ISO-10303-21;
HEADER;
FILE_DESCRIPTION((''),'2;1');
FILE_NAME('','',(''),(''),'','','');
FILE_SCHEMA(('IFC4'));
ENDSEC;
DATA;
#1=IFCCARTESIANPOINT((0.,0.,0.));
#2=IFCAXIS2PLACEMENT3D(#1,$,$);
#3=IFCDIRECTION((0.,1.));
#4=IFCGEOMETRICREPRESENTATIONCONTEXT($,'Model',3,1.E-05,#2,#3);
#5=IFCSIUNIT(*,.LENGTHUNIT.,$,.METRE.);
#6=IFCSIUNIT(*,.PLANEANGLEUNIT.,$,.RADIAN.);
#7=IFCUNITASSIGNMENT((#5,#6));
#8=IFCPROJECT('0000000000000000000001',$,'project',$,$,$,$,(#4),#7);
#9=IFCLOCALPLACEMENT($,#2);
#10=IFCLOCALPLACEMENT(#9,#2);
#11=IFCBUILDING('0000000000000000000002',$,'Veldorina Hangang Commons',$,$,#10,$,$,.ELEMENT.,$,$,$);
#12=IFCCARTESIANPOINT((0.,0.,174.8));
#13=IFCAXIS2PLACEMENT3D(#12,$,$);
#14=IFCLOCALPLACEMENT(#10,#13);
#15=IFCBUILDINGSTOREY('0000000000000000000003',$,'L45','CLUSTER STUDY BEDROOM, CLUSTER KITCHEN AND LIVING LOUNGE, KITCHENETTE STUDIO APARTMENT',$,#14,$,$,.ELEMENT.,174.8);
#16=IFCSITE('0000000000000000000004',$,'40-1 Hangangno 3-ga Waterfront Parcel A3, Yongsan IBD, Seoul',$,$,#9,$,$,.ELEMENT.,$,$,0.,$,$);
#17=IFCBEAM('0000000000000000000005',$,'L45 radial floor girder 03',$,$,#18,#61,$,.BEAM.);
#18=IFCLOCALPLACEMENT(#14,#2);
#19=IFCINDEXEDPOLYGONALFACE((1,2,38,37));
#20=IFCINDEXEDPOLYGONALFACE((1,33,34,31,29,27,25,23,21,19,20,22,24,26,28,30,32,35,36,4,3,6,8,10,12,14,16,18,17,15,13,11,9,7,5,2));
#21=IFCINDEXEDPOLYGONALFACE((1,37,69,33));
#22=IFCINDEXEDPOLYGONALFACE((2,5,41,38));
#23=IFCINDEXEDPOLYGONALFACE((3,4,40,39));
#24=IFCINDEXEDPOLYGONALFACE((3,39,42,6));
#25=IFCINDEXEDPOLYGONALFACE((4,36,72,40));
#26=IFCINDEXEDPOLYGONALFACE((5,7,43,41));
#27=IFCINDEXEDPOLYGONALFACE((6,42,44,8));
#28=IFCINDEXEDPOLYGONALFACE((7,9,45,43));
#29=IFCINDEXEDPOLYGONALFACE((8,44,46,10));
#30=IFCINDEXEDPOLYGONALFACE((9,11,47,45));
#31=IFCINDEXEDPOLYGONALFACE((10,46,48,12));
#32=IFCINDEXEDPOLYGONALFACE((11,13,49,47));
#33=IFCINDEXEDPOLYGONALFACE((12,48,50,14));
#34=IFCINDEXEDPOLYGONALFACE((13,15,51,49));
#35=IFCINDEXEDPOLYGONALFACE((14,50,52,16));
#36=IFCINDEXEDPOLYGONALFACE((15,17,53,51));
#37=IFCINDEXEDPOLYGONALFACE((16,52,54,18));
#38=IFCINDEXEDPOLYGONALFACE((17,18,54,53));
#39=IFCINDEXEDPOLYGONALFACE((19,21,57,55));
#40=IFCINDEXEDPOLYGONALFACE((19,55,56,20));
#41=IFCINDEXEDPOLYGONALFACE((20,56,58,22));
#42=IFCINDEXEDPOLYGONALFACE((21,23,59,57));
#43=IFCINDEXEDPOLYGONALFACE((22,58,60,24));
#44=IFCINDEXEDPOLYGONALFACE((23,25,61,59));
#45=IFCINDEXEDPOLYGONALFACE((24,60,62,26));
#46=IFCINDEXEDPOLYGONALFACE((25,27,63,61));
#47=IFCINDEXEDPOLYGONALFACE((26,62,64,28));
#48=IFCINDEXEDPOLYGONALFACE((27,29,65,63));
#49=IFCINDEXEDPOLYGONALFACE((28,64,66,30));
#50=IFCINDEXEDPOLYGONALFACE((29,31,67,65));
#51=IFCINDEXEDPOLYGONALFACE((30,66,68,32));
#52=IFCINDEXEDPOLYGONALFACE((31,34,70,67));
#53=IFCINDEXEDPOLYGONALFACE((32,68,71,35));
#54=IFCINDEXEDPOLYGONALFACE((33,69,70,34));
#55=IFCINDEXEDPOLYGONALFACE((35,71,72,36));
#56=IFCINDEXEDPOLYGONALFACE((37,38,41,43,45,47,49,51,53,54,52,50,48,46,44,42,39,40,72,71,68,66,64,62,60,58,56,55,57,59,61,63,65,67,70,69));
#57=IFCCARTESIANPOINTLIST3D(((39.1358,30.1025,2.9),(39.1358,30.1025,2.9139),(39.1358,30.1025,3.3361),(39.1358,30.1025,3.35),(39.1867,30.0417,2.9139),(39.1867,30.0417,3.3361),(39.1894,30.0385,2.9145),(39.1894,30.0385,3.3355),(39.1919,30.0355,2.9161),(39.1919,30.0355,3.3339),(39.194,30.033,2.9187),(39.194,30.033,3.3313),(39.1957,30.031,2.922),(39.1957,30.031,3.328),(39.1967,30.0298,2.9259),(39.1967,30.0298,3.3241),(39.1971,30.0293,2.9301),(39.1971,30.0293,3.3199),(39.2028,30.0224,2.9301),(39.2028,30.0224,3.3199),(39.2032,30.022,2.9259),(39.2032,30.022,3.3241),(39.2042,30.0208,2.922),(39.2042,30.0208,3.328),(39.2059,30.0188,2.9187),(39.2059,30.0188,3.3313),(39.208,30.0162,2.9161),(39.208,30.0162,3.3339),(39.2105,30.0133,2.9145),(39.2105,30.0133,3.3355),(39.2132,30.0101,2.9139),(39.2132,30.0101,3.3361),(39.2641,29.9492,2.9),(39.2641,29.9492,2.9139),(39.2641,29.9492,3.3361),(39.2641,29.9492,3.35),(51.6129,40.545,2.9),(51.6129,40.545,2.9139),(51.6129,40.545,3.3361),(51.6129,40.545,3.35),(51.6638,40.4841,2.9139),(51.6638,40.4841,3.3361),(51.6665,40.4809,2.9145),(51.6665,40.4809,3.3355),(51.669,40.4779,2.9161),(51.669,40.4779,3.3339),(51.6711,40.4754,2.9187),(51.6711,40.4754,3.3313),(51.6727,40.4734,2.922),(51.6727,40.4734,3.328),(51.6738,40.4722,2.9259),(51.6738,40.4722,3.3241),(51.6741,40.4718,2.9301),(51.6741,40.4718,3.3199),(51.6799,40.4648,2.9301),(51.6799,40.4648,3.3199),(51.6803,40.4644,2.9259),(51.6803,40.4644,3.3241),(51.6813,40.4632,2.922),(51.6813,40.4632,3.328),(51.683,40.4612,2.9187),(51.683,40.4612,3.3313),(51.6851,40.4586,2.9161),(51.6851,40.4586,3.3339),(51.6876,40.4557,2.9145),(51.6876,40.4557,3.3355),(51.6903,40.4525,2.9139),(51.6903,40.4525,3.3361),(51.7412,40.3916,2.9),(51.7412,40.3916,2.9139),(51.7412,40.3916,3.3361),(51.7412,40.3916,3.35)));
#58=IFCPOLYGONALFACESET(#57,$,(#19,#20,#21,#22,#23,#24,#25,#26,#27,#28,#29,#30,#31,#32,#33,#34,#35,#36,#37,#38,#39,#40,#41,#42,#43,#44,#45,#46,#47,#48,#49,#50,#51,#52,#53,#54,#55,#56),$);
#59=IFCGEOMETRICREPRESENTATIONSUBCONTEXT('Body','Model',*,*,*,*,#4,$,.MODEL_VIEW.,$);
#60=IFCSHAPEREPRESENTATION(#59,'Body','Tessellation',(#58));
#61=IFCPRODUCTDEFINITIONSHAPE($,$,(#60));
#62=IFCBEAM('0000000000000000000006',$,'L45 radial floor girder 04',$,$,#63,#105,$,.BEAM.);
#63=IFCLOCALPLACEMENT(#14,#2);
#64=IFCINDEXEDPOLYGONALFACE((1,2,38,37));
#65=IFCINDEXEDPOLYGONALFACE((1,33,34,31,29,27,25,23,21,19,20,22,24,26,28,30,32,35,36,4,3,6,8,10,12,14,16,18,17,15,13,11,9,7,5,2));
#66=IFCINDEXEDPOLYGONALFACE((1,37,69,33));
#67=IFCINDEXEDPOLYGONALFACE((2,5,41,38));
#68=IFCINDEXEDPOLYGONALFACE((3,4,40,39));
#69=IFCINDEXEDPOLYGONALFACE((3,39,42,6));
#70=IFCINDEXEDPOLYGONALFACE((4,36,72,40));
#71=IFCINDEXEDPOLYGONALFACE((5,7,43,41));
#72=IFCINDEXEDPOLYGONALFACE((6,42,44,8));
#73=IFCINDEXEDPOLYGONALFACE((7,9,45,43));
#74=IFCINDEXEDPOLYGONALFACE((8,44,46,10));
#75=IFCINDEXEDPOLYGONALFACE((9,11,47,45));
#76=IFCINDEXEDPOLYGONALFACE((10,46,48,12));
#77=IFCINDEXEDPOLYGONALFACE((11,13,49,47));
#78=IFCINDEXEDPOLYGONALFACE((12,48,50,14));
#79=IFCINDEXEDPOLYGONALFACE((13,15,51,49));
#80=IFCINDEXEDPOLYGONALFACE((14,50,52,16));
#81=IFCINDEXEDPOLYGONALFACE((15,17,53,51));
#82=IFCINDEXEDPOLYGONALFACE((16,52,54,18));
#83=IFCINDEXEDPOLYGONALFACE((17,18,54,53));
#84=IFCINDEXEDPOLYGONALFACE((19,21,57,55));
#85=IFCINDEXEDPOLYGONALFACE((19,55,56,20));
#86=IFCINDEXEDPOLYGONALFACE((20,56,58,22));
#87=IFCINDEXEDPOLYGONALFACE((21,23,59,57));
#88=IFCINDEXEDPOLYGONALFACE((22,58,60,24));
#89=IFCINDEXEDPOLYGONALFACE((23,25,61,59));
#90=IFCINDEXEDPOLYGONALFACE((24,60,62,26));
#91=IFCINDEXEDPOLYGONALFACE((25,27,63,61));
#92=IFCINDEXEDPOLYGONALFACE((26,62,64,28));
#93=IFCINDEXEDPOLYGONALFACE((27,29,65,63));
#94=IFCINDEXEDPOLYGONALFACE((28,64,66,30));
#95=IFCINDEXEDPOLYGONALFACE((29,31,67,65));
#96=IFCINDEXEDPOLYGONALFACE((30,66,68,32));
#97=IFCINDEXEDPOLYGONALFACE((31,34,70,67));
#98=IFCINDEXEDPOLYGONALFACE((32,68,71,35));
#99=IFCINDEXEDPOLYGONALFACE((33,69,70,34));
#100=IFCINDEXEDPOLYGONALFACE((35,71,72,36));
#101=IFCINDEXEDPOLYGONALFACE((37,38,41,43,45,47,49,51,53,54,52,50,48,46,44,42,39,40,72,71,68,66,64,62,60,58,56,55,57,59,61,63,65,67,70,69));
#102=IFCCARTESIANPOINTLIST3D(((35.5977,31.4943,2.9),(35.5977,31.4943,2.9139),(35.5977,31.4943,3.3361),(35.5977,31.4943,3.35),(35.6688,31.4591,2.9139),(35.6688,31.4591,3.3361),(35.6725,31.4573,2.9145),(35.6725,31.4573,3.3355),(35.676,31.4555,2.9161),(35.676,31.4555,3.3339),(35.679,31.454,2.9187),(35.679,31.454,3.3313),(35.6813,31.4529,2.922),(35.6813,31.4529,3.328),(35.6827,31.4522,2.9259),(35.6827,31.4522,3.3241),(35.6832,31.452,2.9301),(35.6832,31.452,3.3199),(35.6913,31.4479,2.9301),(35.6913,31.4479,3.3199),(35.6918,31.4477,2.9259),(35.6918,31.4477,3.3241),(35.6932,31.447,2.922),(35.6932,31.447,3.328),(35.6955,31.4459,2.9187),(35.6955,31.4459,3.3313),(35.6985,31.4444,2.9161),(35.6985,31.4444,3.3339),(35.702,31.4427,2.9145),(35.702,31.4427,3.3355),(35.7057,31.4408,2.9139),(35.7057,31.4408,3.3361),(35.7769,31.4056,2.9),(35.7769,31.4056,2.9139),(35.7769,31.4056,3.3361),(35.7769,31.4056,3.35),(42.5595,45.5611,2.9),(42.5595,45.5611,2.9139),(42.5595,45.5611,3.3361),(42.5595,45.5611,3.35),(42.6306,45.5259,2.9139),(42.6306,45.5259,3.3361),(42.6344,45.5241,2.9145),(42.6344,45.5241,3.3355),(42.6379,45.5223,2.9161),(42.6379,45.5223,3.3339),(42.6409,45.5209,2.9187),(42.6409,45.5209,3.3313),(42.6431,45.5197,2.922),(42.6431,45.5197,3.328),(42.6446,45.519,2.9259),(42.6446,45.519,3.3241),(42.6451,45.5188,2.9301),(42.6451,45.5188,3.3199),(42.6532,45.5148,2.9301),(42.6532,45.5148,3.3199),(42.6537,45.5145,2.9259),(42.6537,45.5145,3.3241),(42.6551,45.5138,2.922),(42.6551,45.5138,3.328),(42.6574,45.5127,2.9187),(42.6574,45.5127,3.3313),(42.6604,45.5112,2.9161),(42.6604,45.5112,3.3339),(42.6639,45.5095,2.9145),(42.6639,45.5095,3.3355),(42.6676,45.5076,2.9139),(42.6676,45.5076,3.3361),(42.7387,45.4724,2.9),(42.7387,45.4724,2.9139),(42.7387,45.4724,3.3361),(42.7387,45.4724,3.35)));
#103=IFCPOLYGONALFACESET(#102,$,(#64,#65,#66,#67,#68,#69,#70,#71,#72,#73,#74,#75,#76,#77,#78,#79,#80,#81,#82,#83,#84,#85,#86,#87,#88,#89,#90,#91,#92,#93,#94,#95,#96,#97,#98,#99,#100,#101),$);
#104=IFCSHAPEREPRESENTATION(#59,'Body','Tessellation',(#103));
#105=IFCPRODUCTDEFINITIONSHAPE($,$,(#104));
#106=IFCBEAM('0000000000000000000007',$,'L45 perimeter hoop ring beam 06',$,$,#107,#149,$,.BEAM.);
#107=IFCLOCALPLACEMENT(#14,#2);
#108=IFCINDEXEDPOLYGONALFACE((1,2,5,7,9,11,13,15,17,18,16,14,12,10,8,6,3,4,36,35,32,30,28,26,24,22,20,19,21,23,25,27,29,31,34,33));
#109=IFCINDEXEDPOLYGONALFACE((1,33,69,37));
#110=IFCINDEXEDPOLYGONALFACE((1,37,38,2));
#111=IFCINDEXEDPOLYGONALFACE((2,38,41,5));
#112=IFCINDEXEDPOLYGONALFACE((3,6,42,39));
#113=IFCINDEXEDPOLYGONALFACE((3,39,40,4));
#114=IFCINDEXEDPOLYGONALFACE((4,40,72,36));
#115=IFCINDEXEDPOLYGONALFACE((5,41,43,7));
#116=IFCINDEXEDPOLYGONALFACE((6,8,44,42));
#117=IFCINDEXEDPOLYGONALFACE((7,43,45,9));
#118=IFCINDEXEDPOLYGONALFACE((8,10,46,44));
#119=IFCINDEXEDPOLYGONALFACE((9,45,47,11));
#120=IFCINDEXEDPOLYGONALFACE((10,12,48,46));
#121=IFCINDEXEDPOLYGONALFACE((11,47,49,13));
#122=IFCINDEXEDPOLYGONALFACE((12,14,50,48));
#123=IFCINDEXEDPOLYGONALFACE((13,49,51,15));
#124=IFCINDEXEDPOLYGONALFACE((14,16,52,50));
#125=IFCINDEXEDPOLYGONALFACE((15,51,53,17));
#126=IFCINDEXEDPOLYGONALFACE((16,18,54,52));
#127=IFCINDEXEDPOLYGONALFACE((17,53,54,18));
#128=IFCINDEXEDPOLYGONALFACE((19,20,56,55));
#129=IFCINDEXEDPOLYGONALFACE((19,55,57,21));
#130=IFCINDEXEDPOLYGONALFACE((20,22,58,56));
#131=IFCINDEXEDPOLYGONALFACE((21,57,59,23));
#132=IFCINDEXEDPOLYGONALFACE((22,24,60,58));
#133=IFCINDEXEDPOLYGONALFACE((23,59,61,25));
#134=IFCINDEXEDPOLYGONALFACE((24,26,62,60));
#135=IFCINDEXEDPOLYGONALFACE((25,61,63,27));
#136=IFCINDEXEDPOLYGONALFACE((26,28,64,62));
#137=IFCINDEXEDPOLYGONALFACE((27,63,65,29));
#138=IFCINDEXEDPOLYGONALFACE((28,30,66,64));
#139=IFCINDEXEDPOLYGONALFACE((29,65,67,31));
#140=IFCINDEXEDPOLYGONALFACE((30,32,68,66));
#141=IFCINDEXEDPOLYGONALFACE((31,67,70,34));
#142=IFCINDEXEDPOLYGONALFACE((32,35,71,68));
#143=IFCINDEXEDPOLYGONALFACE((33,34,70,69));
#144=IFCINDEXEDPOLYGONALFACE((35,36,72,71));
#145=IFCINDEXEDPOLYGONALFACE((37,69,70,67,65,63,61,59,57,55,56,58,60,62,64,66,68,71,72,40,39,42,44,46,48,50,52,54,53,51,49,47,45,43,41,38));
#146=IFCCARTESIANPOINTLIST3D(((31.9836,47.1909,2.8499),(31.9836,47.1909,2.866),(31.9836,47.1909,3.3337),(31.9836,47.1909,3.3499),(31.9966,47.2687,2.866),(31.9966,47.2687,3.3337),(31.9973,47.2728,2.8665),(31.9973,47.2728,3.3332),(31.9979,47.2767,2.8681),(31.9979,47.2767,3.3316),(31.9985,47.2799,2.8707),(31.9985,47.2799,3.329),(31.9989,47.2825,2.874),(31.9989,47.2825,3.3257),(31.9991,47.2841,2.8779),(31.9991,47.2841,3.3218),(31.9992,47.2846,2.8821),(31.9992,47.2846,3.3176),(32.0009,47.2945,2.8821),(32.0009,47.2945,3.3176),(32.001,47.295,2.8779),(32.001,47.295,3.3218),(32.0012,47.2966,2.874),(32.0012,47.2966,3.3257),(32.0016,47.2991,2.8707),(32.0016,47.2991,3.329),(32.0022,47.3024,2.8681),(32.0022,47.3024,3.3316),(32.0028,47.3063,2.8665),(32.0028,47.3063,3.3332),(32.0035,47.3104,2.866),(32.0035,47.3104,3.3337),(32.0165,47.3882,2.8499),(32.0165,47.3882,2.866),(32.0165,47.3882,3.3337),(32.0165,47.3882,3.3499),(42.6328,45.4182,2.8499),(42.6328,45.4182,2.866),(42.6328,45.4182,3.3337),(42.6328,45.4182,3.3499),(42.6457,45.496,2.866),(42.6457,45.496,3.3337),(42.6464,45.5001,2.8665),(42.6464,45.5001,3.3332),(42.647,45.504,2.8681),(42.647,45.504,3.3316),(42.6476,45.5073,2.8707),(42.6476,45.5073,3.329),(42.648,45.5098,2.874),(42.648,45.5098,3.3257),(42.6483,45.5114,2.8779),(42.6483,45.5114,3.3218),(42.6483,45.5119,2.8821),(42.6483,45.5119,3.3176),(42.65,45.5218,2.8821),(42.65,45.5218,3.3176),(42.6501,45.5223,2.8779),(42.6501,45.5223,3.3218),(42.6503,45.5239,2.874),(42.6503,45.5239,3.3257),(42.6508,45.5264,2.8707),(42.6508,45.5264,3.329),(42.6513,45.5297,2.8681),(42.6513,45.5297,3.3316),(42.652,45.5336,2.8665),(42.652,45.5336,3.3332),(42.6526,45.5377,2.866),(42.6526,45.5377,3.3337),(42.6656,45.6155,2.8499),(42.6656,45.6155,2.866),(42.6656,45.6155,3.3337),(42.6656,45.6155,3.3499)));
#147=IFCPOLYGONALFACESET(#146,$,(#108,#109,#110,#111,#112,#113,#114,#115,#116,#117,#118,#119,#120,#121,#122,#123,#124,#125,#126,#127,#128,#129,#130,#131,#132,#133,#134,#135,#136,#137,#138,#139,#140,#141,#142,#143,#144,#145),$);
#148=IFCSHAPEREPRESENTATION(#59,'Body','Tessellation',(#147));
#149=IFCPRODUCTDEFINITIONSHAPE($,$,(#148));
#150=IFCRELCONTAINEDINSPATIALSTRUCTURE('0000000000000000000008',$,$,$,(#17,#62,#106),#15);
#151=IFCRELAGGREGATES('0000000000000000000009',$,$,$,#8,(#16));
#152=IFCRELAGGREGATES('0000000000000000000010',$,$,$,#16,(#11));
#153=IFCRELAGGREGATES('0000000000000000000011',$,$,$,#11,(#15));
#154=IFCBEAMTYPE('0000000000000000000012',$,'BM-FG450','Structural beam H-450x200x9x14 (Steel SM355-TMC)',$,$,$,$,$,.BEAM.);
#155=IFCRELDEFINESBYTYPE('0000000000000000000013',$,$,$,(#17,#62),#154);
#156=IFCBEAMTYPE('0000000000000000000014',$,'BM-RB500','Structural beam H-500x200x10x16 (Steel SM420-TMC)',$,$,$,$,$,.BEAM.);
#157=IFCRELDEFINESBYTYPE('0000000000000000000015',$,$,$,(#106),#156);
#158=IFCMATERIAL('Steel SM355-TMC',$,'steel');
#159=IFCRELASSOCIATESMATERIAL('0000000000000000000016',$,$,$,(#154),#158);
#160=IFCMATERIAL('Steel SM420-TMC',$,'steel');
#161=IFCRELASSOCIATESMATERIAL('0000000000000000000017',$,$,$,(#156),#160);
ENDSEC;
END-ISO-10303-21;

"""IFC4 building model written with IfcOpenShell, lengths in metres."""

from ifc_helpers import new_model, si_unit, direction, frame, origin, origin_2d, place, context, subcontext, project, spatial, i_section, extrude, material, material_profile, profile_set, type_object, element, save


model = new_model("IFC4")

# Units and contexts
model_context = context("Model", 3, precision=1e-05, world=origin(), true_north=direction((0.0, 1.0)))
body_context = subcontext(model_context, "Body", "Model", "MODEL_VIEW")
ifc_project = project(units=[si_unit("LENGTHUNIT", "METRE"), si_unit("PLANEANGLEUNIT", "RADIAN")], contexts=[model_context])

# Site, building, storey
site_placement = place(None, origin())
site = spatial("IfcSite", under=ifc_project, at=site_placement, Name="40-1 Hangangno 3-ga Waterfront Parcel A3, Yongsan IBD, Seoul", CompositionType="ELEMENT", RefElevation=0.0)
building_placement = place(site_placement, origin())
building = spatial("IfcBuilding", under=site, at=building_placement, Name="Veldorina Hangang Commons", CompositionType="ELEMENT")
storey_placement = place(building_placement, frame((0.0, 0.0, 174.8)))
storey = spatial("IfcBuildingStorey", under=building, at=storey_placement, Name="L45", Description="CLUSTER STUDY BEDROOM, CLUSTER KITCHEN AND LIVING LOUNGE, KITCHENETTE STUDIO APARTMENT", CompositionType="ELEMENT", Elevation=174.8)

# Beams
ifc_material_1 = material(Name="Steel SM355-TMC", Category="steel")
ifc_material_profile_1 = material_profile(ifc_material_1, i_section(OverallWidth=0.2, OverallDepth=0.45, WebThickness=0.009, FlangeThickness=0.0139, FilletRadius=0.0161, at=origin_2d()), Name="H-450x200x9x14")
ifc_profile_set_1 = profile_set([ifc_material_profile_1], Name="Steel SM355-TMC")
beam_type_1 = type_object("IfcBeamType", Name="BM-FG450", Description="Structural beam H-450x200x9x14 (Steel SM355-TMC)", PredefinedType="BEAM", material=ifc_profile_set_1)
beam_1_placement = place(storey_placement, frame((39.2, 30.0259, 3.125), z_axis=(0.766864, 0.641809, 0.0), x_axis=(-0.641809, 0.766864, 0.0)))
element("IfcBeam", 1, at=beam_1_placement, inside=storey, type_object=beam_type_1, Name="L45 radial floor girder 03", PredefinedType="BEAM", context=body_context, shape_type="SweptSolid", body=[
    extrude(i_section(OverallWidth=0.2, OverallDepth=0.45, WebThickness=0.009, FlangeThickness=0.0139, FilletRadius=0.0161, at=origin_2d()), origin(), (0.0, 0.0, 1.0), 16.2703),
])
beam_2_placement = place(storey_placement, frame((35.6873, 31.45, 3.125), z_axis=(0.443564, 0.896243, 0.0), x_axis=(-0.896243, 0.443564, 0.0)))
element("IfcBeam", 2, at=beam_2_placement, inside=storey, type_object=beam_type_1, Name="L45 radial floor girder 04", PredefinedType="BEAM", context=body_context, shape_type="SweptSolid", body=[
    extrude(i_section(OverallWidth=0.2, OverallDepth=0.45, WebThickness=0.009, FlangeThickness=0.0139, FilletRadius=0.0161, at=origin_2d()), origin(), (0.0, 0.0, 1.0), 15.6953),
])
ifc_material_2 = material(Name="Steel SM420-TMC", Category="steel")
ifc_material_profile_2 = material_profile(ifc_material_2, i_section(OverallWidth=0.2, OverallDepth=0.5, WebThickness=0.01, FlangeThickness=0.0161, FilletRadius=0.0161, at=origin_2d()), Name="H-500x200x10x16")
ifc_profile_set_2 = profile_set([ifc_material_profile_2], Name="Steel SM420-TMC")
beam_type_2 = type_object("IfcBeamType", Name="BM-RB500", Description="Structural beam H-500x200x10x16 (Steel SM420-TMC)", PredefinedType="BEAM", material=ifc_profile_set_2)
beam_3_placement = place(storey_placement, frame((42.6492, 45.5168, 3.0999), z_axis=(-0.986426, 0.164205, 0.0), x_axis=(-0.164205, -0.986426, 0.0)))
element("IfcBeam", 3, at=beam_3_placement, inside=storey, type_object=beam_type_2, Name="L45 perimeter hoop ring beam 06", PredefinedType="BEAM", context=body_context, shape_type="SweptSolid", body=[
    extrude(i_section(OverallWidth=0.2, OverallDepth=0.5, WebThickness=0.01, FlangeThickness=0.0161, FilletRadius=0.0161, at=origin_2d()), origin(), (0.0, 0.0, 1.0), 10.7957),
])

save(model, "model.ifc")
